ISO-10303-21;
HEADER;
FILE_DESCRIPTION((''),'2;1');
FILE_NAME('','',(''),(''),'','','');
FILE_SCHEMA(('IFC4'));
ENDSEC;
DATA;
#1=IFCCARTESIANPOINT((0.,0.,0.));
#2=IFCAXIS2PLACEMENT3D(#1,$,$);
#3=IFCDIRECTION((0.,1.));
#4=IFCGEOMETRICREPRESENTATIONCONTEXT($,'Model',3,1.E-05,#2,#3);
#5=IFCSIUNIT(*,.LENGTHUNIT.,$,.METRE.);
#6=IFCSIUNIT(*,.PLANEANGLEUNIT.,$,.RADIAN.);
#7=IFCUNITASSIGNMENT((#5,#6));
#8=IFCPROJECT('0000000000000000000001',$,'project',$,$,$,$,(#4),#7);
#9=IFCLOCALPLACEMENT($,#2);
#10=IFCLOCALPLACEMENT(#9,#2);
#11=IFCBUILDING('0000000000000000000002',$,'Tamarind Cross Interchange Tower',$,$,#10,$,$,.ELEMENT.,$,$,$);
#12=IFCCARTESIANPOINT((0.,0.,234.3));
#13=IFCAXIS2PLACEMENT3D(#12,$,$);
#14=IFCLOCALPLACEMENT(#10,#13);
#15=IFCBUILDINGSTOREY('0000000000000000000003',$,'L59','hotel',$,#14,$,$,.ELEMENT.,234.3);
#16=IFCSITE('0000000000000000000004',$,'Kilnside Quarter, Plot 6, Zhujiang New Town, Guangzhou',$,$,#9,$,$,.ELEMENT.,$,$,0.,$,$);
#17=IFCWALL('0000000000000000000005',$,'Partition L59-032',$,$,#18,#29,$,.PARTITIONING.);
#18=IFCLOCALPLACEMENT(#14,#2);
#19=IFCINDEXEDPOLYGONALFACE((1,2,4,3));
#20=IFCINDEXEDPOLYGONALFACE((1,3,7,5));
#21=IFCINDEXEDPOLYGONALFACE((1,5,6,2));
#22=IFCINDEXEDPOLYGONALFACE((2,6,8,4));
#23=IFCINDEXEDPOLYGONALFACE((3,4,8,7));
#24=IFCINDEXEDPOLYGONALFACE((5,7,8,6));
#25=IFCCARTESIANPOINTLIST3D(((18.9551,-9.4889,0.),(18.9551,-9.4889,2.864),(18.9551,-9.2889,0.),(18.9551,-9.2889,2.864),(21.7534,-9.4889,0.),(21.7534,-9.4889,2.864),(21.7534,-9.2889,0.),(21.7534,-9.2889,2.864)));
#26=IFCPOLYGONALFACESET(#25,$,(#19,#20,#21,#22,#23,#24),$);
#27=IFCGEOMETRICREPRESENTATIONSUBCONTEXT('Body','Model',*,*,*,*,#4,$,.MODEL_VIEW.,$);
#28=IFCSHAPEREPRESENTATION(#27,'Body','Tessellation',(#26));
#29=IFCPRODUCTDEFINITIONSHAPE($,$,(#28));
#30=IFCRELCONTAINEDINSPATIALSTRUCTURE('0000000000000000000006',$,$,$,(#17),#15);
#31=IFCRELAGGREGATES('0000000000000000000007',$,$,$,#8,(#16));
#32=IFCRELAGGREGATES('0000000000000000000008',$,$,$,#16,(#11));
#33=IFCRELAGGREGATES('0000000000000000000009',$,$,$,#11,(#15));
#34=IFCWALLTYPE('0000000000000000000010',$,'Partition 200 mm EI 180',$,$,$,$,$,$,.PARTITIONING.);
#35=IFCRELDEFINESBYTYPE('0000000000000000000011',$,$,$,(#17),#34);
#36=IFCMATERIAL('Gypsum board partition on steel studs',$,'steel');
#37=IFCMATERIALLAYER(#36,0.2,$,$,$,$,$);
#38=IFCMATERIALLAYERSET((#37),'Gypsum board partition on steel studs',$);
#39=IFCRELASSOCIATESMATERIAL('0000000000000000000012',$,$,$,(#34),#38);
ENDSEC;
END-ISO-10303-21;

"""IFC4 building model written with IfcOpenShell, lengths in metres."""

from ifc_helpers import new_model, si_unit, direction, frame, frame_2d, origin, place, context, subcontext, project, spatial, rectangle, extrude, material, layer, layer_set, type_object, element, save


model = new_model("IFC4")

# Units and contexts
model_context = context("Model", 3, precision=1e-05, world=origin(), true_north=direction((0.0, 1.0)))
body_context = subcontext(model_context, "Body", "Model", "MODEL_VIEW")
ifc_project = project(units=[si_unit("LENGTHUNIT", "METRE"), si_unit("PLANEANGLEUNIT", "RADIAN")], contexts=[model_context])

# Site, building, storey
site_placement = place(None, origin())
site = spatial("IfcSite", under=ifc_project, at=site_placement, Name="Kilnside Quarter, Plot 6, Zhujiang New Town, Guangzhou", CompositionType="ELEMENT", RefElevation=0.0)
building_placement = place(site_placement, origin())
building = spatial("IfcBuilding", under=site, at=building_placement, Name="Tamarind Cross Interchange Tower", CompositionType="ELEMENT")
storey_placement = place(building_placement, frame((0.0, 0.0, 234.3)))
storey = spatial("IfcBuildingStorey", under=building, at=storey_placement, Name="L59", Description="hotel", CompositionType="ELEMENT", Elevation=234.3)

# Shared definitions
ifc_material_1 = material(Name="Gypsum board partition on steel studs", Category="steel")

# Wall
ifc_layer_1 = layer(ifc_material_1, 0.2)
ifc_layer_set_1 = layer_set([ifc_layer_1], Name="Gypsum board partition on steel studs")
wall_type_1 = type_object("IfcWallType", Name="Partition 200 mm EI 180", PredefinedType="PARTITIONING", material=ifc_layer_set_1)
wall_1_placement = place(storey_placement, frame((18.9551, -9.3889, 0.0), z_axis=(0.0, 0.0, 1.0), x_axis=(1.0, 0.0, 0.0)))
element("IfcWall", 1, at=wall_1_placement, inside=storey, type_object=wall_type_1, Name="Partition L59-032", PredefinedType="PARTITIONING", context=body_context, shape_type="SweptSolid", body=[
    extrude(rectangle(XDim=2.7983, YDim=0.2, at=frame_2d((1.3992, 0.0))), origin(), (0.0, 0.0, 1.0), 2.864),
])

save(model, "model.ifc")
